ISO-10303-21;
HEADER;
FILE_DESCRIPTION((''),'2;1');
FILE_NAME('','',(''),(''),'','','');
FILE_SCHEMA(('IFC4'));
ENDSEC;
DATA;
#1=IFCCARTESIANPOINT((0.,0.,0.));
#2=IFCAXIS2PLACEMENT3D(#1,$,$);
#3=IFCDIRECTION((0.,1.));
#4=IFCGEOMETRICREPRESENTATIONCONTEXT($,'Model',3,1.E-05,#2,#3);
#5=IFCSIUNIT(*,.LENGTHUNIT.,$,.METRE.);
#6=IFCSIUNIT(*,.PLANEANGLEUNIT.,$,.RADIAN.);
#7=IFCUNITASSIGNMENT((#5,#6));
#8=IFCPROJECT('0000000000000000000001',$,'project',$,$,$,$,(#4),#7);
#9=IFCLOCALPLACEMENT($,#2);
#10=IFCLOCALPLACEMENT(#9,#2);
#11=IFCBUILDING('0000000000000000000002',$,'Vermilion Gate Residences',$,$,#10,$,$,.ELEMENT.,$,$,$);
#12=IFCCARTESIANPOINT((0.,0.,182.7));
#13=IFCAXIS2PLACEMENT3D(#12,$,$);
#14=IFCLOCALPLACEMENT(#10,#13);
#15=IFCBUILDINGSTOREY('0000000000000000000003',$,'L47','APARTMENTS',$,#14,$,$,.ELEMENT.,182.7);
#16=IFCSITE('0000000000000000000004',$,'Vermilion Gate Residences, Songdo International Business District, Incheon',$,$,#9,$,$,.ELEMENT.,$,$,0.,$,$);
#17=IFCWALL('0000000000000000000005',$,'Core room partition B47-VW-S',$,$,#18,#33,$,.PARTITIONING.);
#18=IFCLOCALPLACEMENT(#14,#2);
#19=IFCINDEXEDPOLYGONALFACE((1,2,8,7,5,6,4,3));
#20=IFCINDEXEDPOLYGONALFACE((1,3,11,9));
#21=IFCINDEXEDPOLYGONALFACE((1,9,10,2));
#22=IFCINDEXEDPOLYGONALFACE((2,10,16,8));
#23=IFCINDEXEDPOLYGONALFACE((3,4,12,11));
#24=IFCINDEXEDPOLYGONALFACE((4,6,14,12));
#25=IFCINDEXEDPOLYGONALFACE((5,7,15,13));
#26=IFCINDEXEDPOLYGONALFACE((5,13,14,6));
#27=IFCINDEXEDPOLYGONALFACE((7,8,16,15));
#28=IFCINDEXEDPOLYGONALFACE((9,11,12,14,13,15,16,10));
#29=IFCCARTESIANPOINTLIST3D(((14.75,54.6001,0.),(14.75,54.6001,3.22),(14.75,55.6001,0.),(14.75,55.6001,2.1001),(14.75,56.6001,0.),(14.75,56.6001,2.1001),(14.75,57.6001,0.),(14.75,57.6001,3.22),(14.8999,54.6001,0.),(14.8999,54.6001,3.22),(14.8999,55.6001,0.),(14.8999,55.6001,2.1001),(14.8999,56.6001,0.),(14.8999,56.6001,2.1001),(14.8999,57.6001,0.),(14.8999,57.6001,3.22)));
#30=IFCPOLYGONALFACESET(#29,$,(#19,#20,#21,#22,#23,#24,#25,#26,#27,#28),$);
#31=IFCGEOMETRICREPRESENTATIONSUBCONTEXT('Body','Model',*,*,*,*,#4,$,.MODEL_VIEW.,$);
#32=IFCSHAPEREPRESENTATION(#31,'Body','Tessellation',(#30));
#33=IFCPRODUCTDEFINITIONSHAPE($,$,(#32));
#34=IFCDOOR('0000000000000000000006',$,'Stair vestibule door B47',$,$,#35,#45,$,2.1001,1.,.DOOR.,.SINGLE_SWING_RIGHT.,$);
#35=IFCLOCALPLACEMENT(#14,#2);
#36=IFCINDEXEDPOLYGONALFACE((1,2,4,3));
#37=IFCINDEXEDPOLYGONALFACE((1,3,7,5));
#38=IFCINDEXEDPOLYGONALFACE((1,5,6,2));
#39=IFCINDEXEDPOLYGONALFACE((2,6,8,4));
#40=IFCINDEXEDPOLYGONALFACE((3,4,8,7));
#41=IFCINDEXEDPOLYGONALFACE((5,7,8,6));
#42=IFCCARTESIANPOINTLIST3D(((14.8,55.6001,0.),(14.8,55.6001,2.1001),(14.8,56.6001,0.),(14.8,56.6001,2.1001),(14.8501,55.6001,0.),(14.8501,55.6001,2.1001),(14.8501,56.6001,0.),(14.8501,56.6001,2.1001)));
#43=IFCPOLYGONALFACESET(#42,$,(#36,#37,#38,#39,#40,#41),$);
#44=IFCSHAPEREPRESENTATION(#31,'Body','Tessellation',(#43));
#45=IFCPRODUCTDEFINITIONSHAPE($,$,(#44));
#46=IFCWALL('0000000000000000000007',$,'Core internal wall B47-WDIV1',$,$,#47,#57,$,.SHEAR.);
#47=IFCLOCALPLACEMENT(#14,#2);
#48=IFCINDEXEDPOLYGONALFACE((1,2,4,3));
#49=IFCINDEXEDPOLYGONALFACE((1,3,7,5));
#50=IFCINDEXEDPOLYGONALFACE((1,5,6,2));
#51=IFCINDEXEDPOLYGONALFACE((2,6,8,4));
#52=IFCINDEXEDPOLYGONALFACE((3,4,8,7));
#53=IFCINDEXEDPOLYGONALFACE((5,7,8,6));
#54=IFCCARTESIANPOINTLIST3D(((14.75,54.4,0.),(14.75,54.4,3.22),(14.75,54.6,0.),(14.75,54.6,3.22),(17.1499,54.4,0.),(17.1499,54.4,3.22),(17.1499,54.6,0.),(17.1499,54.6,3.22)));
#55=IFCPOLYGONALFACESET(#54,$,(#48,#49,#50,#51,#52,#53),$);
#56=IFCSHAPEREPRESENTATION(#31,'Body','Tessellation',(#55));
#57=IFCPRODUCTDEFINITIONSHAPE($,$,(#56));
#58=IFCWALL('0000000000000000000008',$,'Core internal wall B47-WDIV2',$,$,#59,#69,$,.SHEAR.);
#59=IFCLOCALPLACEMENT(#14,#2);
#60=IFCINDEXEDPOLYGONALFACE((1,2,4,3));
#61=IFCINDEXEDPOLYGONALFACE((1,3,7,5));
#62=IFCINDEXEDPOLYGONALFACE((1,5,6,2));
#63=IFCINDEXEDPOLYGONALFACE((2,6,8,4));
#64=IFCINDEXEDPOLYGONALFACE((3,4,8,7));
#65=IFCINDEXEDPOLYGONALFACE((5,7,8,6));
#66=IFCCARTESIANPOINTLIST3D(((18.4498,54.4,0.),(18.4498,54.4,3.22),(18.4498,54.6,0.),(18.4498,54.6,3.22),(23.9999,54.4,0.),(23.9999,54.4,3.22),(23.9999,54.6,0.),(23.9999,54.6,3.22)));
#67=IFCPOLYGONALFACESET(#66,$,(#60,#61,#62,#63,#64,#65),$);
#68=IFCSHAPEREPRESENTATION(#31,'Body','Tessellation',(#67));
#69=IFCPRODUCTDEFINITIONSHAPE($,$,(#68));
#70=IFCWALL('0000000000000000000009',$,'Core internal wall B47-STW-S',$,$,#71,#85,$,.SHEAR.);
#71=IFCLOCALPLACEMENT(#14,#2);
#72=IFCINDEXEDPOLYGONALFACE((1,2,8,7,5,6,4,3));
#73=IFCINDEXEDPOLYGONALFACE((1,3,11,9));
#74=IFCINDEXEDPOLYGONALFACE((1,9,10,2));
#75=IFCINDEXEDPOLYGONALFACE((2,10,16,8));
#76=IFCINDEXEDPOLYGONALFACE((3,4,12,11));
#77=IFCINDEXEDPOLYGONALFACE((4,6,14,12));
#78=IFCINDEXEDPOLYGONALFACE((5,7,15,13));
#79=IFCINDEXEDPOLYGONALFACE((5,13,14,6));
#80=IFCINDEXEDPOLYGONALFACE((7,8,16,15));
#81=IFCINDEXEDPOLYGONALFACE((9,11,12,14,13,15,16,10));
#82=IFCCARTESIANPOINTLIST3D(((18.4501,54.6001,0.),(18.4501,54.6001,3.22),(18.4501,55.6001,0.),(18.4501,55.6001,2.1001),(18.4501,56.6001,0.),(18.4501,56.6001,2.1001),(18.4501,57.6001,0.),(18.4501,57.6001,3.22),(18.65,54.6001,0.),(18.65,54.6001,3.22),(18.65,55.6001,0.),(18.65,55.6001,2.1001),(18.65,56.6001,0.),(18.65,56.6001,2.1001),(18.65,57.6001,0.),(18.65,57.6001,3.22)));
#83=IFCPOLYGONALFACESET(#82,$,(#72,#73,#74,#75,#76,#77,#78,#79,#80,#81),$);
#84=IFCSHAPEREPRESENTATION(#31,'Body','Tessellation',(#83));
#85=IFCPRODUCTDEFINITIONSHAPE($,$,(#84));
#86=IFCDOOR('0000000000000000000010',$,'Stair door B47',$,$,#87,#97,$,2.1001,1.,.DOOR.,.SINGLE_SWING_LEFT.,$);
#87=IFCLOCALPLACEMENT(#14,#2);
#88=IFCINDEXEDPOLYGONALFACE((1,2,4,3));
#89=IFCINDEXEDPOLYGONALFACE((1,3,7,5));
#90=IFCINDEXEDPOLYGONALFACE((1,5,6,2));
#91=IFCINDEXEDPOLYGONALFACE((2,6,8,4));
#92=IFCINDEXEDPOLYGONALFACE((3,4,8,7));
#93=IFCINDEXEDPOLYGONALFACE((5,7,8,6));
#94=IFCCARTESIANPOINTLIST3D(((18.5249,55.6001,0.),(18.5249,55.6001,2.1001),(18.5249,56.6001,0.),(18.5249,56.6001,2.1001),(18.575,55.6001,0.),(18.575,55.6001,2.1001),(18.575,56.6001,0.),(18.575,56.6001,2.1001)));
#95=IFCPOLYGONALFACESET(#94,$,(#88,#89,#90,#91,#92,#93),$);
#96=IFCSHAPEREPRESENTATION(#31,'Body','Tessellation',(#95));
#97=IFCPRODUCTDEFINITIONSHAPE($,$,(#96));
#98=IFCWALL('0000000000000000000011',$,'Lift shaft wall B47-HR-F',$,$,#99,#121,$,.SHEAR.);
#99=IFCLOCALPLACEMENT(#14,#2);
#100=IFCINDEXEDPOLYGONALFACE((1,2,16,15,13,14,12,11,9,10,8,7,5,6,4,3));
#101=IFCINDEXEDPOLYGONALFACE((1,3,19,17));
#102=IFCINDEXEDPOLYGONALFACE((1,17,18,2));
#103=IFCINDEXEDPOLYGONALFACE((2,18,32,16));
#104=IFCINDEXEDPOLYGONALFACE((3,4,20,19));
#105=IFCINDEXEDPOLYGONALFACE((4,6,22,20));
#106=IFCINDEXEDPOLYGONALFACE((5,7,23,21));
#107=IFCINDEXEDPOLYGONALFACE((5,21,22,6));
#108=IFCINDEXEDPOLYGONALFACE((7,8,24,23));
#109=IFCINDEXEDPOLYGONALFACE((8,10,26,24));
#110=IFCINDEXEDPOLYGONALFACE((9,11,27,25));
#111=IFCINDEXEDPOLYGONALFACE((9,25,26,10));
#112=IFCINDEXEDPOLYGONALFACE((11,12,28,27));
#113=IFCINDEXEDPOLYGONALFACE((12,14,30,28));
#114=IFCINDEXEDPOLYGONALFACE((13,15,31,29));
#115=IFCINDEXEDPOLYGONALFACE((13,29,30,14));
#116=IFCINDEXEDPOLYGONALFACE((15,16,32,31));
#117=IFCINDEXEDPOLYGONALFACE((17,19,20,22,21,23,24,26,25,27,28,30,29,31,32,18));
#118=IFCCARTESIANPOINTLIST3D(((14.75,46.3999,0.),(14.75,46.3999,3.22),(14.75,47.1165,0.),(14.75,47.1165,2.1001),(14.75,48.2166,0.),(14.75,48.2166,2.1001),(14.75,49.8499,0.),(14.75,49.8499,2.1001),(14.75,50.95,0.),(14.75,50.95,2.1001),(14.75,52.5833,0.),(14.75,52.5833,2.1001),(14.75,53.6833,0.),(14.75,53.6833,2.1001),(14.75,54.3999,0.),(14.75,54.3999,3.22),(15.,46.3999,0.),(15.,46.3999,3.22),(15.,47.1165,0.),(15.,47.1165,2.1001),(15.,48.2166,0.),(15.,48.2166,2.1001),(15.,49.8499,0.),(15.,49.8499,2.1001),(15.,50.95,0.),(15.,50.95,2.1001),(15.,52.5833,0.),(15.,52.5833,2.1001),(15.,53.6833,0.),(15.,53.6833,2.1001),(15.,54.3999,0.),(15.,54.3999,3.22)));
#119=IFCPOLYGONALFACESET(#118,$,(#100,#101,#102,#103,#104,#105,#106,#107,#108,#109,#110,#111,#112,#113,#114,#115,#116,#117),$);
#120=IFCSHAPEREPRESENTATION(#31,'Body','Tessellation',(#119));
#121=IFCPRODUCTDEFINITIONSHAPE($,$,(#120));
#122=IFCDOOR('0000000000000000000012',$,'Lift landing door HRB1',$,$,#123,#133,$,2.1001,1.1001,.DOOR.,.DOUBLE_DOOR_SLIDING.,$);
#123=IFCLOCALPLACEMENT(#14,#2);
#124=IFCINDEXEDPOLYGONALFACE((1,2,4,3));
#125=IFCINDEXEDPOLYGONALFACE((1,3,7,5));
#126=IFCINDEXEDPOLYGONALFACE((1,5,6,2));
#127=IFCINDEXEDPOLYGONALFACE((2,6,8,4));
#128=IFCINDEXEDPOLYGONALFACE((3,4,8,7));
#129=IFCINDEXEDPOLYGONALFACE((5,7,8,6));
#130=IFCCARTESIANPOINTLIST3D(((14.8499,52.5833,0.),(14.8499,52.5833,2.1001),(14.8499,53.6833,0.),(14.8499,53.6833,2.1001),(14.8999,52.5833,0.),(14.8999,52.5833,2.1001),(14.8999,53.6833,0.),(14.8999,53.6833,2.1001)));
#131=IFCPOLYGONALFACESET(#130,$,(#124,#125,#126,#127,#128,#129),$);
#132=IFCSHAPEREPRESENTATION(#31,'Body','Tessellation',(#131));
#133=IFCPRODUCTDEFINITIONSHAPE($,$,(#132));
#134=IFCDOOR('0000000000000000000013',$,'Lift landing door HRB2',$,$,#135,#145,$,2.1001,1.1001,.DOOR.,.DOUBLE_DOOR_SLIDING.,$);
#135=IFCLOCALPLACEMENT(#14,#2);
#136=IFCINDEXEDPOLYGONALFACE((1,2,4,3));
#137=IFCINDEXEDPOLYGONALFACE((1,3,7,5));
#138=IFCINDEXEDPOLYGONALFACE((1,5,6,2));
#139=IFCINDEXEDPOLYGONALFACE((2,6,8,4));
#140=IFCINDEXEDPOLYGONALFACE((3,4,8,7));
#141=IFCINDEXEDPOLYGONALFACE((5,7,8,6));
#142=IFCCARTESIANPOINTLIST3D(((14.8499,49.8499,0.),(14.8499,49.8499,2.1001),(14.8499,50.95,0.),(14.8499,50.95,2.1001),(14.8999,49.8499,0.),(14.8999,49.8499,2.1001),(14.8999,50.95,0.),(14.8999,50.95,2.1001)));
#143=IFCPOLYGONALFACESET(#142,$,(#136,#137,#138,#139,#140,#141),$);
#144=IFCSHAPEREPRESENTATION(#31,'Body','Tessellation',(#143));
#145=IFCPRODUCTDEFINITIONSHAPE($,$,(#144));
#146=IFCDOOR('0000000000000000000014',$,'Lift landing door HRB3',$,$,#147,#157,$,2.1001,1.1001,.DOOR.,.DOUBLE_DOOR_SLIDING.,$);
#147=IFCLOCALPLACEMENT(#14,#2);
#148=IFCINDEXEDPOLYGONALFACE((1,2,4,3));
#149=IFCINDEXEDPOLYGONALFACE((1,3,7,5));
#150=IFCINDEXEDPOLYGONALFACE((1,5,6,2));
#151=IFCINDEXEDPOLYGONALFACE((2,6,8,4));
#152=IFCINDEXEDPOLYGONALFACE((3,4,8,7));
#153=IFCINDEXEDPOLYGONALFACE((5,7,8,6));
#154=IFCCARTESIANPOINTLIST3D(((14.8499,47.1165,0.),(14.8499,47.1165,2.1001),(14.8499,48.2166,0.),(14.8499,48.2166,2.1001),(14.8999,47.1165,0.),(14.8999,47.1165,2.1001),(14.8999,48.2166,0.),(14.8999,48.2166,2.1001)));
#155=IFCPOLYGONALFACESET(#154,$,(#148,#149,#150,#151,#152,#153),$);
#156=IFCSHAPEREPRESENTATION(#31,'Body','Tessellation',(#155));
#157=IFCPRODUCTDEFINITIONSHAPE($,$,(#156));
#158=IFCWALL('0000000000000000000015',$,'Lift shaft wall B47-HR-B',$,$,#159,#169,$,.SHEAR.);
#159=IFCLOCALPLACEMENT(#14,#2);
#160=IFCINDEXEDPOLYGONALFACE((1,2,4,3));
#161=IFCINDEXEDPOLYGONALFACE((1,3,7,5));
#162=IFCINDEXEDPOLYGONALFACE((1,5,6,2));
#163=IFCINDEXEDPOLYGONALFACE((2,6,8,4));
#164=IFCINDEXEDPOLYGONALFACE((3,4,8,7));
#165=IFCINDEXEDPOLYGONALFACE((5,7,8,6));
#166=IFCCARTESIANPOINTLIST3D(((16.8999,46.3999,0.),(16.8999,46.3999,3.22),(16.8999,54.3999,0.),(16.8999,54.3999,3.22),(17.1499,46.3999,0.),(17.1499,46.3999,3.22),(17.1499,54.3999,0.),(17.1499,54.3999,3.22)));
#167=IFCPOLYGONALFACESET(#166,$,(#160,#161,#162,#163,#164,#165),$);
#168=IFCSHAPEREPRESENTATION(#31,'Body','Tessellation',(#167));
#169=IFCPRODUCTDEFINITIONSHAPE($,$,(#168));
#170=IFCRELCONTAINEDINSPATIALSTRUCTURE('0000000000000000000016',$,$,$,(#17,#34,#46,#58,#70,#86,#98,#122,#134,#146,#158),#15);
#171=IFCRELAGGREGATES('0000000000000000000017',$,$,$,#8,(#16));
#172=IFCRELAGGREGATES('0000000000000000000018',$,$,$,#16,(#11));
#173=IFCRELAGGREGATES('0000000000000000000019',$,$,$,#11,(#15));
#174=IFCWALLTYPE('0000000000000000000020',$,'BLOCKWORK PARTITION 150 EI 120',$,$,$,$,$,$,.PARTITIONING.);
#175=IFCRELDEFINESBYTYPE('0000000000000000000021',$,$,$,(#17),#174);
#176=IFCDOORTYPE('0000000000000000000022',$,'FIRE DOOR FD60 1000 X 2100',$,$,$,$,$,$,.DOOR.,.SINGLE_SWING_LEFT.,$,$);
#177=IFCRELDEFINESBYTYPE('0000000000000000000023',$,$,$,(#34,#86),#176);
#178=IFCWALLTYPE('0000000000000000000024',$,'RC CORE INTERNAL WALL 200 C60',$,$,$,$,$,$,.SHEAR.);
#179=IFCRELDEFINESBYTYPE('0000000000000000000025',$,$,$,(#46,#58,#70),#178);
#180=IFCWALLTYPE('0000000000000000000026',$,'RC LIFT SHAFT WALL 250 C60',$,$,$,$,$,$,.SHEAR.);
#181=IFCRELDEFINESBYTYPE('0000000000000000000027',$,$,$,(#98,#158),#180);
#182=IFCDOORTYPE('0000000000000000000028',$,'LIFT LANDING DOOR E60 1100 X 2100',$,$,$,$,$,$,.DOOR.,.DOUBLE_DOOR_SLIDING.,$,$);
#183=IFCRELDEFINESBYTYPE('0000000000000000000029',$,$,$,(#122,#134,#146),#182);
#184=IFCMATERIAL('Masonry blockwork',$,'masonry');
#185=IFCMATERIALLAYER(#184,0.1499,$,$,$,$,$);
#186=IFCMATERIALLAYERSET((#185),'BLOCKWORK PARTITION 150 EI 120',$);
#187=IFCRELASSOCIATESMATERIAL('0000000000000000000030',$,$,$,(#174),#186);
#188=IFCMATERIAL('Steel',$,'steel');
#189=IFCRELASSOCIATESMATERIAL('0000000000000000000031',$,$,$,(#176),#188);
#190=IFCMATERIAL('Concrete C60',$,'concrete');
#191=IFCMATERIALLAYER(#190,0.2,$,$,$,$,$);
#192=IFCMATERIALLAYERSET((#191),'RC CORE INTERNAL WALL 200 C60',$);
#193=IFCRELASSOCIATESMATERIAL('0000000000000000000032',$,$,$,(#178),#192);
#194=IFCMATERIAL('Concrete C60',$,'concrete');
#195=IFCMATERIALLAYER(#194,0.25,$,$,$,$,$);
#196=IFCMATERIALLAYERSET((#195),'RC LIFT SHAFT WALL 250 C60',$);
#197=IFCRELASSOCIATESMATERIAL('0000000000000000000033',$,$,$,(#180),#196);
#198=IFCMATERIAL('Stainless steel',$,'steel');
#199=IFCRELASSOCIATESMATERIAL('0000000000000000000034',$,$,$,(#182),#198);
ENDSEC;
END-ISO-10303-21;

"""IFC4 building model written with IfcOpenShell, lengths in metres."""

from ifc_helpers import new_model, si_unit, direction, frame, frame_2d, origin, place, context, subcontext, project, spatial, rectangle, extrude, material, layer, layer_set, type_object, element, fill, save


model = new_model("IFC4")

# Units and contexts
model_context = context("Model", 3, precision=1e-05, world=origin(), true_north=direction((0.0, 1.0)))
body_context = subcontext(model_context, "Body", "Model", "MODEL_VIEW")
ifc_project = project(units=[si_unit("LENGTHUNIT", "METRE"), si_unit("PLANEANGLEUNIT", "RADIAN")], contexts=[model_context])

# Site, building, storey
site_placement = place(None, origin())
site = spatial("IfcSite", under=ifc_project, at=site_placement, Name="Vermilion Gate Residences, Songdo International Business District, Incheon", CompositionType="ELEMENT", RefElevation=0.0)
building_placement = place(site_placement, origin())
building = spatial("IfcBuilding", under=site, at=building_placement, Name="Vermilion Gate Residences", CompositionType="ELEMENT")
storey_placement = place(building_placement, frame((0.0, 0.0, 182.7)))
storey = spatial("IfcBuildingStorey", under=building, at=storey_placement, Name="L47", Description="APARTMENTS", CompositionType="ELEMENT", Elevation=182.7)

# Wall, opening, door
ifc_material_1 = material(Name="Masonry blockwork", Category="masonry")
ifc_layer_1 = layer(ifc_material_1, 0.1499)
ifc_layer_set_1 = layer_set([ifc_layer_1], Name="BLOCKWORK PARTITION 150 EI 120")
wall_type_1 = type_object("IfcWallType", Name="BLOCKWORK PARTITION 150 EI 120", PredefinedType="PARTITIONING", material=ifc_layer_set_1)
wall_1_placement = place(storey_placement, frame((14.825, 57.6001, 0.0), z_axis=(0.0, 0.0, 1.0), x_axis=(0.0, -1.0, 0.0)))
wall_1 = element("IfcWall", 1, at=wall_1_placement, inside=storey, type_object=wall_type_1, Name="Core room partition B47-VW-S", PredefinedType="PARTITIONING", context=body_context, shape_type="SweptSolid", body=[
    extrude(rectangle(XDim=3.0, YDim=0.1499, at=frame_2d((1.5, 0.0))), origin(), (0.0, 0.0, 1.0), 3.22),
])
opening_1_placement = place(wall_1_placement, frame((1.0, 0.0, 0.0)))
opening_1 = element("IfcOpeningElement", 2, at=opening_1_placement, cuts=wall_1, PredefinedType="OPENING", context=body_context, shape_type="SweptSolid", body=[
    extrude(rectangle(XDim=1.0, YDim=2.1001, at=frame_2d((0.5, 1.05))), frame((0.0, 0.085, 0.0), z_axis=(0.0, -1.0, 0.0), x_axis=(1.0, 0.0, 0.0)), (0.0, 0.0, 1.0), 0.1699),
])
ifc_material_2 = material(Name="Steel", Category="steel")
door_type_1 = type_object("IfcDoorType", Name="FIRE DOOR FD60 1000 X 2100", OperationType="SINGLE_SWING_LEFT", PredefinedType="DOOR", material=ifc_material_2)
door_1_placement = place(opening_1_placement, frame((1.0, 0.0, 0.0), z_axis=(0.0, 0.0, 1.0), x_axis=(-1.0, 0.0, 0.0)))
door_1 = element("IfcDoor", 3, at=door_1_placement, inside=storey, type_object=door_type_1, Name="Stair vestibule door B47", OperationType="SINGLE_SWING_RIGHT", OverallHeight=2.1001, OverallWidth=1.0, PredefinedType="DOOR", context=body_context, shape_type="SweptSolid", body=[
    extrude(rectangle(XDim=1.0, YDim=2.1001, at=frame_2d((0.5, 1.05))), frame((0.0, 0.0249, 0.0), z_axis=(0.0, -1.0, 0.0), x_axis=(1.0, 0.0, 0.0)), (0.0, 0.0, 1.0), 0.05),
])
fill(opening_1, door_1)

# Walls
ifc_material_3 = material(Name="Concrete C60", Category="concrete")
ifc_layer_2 = layer(ifc_material_3, 0.2)
ifc_layer_set_2 = layer_set([ifc_layer_2], Name="RC CORE INTERNAL WALL 200 C60")
wall_type_2 = type_object("IfcWallType", Name="RC CORE INTERNAL WALL 200 C60", PredefinedType="SHEAR", material=ifc_layer_set_2)
wall_2_placement = place(storey_placement, frame((14.75, 54.5, 0.0), z_axis=(0.0, 0.0, 1.0), x_axis=(1.0, 0.0, 0.0)))
element("IfcWall", 4, at=wall_2_placement, inside=storey, type_object=wall_type_2, Name="Core internal wall B47-WDIV1", PredefinedType="SHEAR", context=body_context, shape_type="SweptSolid", body=[
    extrude(rectangle(XDim=2.3999, YDim=0.2, at=frame_2d((1.2, 0.0))), origin(), (0.0, 0.0, 1.0), 3.22),
])
wall_3_placement = place(storey_placement, frame((18.45, 54.5, 0.0), z_axis=(0.0, 0.0, 1.0), x_axis=(1.0, 0.0, 0.0)))
element("IfcWall", 5, at=wall_3_placement, inside=storey, type_object=wall_type_2, Name="Core internal wall B47-WDIV2", PredefinedType="SHEAR", context=body_context, shape_type="SweptSolid", body=[
    extrude(rectangle(XDim=5.55, YDim=0.2, at=frame_2d((2.7749, 0.0))), origin(), (0.0, 0.0, 1.0), 3.22),
])

# Wall, opening, door
wall_4_placement = place(storey_placement, frame((18.55, 57.6001, 0.0), z_axis=(0.0, 0.0, 1.0), x_axis=(0.0, -1.0, 0.0)))
wall_4 = element("IfcWall", 6, at=wall_4_placement, inside=storey, type_object=wall_type_2, Name="Core internal wall B47-STW-S", PredefinedType="SHEAR", context=body_context, shape_type="SweptSolid", body=[
    extrude(rectangle(XDim=3.0, YDim=0.2, at=frame_2d((1.5, 0.0))), origin(), (0.0, 0.0, 1.0), 3.22),
])
opening_2_placement = place(wall_4_placement, frame((1.0, 0.0, 0.0)))
opening_2 = element("IfcOpeningElement", 7, at=opening_2_placement, cuts=wall_4, PredefinedType="OPENING", context=body_context, shape_type="SweptSolid", body=[
    extrude(rectangle(XDim=1.0, YDim=2.1001, at=frame_2d((0.5, 1.05))), frame((0.0, 0.1099, 0.0), z_axis=(0.0, -1.0, 0.0), x_axis=(1.0, 0.0, 0.0)), (0.0, 0.0, 1.0), 0.22),
])
door_2_placement = place(opening_2_placement, origin())
door_2 = element("IfcDoor", 8, at=door_2_placement, inside=storey, type_object=door_type_1, Name="Stair door B47", OperationType="SINGLE_SWING_LEFT", OverallHeight=2.1001, OverallWidth=1.0, PredefinedType="DOOR", context=body_context, shape_type="SweptSolid", body=[
    extrude(rectangle(XDim=1.0, YDim=2.1001, at=frame_2d((0.5, 1.05))), frame((0.0, 0.0249, 0.0), z_axis=(0.0, -1.0, 0.0), x_axis=(1.0, 0.0, 0.0)), (0.0, 0.0, 1.0), 0.05),
])
fill(opening_2, door_2)

# Wall, openings, doors
ifc_material_4 = material(Name="Concrete C60", Category="concrete")
ifc_layer_3 = layer(ifc_material_4, 0.25)
ifc_layer_set_3 = layer_set([ifc_layer_3], Name="RC LIFT SHAFT WALL 250 C60")
wall_type_3 = type_object("IfcWallType", Name="RC LIFT SHAFT WALL 250 C60", PredefinedType="SHEAR", material=ifc_layer_set_3)
wall_5_placement = place(storey_placement, frame((14.875, 54.3999, 0.0), z_axis=(0.0, 0.0, 1.0), x_axis=(0.0, -1.0, 0.0)))
wall_5 = element("IfcWall", 9, at=wall_5_placement, inside=storey, type_object=wall_type_3, Name="Lift shaft wall B47-HR-F", PredefinedType="SHEAR", context=body_context, shape_type="SweptSolid", body=[
    extrude(rectangle(XDim=8.0, YDim=0.25, at=frame_2d((4.0, 0.0))), origin(), (0.0, 0.0, 1.0), 3.22),
])
opening_3_placement = place(wall_5_placement, frame((0.7166, 0.0, 0.0)))
opening_3 = element("IfcOpeningElement", 10, at=opening_3_placement, cuts=wall_5, PredefinedType="OPENING", context=body_context, shape_type="SweptSolid", body=[
    extrude(rectangle(XDim=1.1001, YDim=2.1001, at=frame_2d((0.55, 1.05))), frame((0.0, 0.135, 0.0), z_axis=(0.0, -1.0, 0.0), x_axis=(1.0, 0.0, 0.0)), (0.0, 0.0, 1.0), 0.27),
])
opening_4_placement = place(wall_5_placement, frame((3.45, 0.0, 0.0)))
opening_4 = element("IfcOpeningElement", 11, at=opening_4_placement, cuts=wall_5, PredefinedType="OPENING", context=body_context, shape_type="SweptSolid", body=[
    extrude(rectangle(XDim=1.1001, YDim=2.1001, at=frame_2d((0.55, 1.05))), frame((0.0, 0.135, 0.0), z_axis=(0.0, -1.0, 0.0), x_axis=(1.0, 0.0, 0.0)), (0.0, 0.0, 1.0), 0.27),
])
opening_5_placement = place(wall_5_placement, frame((6.1833, 0.0, 0.0)))
opening_5 = element("IfcOpeningElement", 12, at=opening_5_placement, cuts=wall_5, PredefinedType="OPENING", context=body_context, shape_type="SweptSolid", body=[
    extrude(rectangle(XDim=1.1001, YDim=2.1001, at=frame_2d((0.55, 1.05))), frame((0.0, 0.135, 0.0), z_axis=(0.0, -1.0, 0.0), x_axis=(1.0, 0.0, 0.0)), (0.0, 0.0, 1.0), 0.27),
])
ifc_material_5 = material(Name="Stainless steel", Category="steel")
door_type_2 = type_object("IfcDoorType", Name="LIFT LANDING DOOR E60 1100 X 2100", OperationType="DOUBLE_DOOR_SLIDING", PredefinedType="DOOR", material=ifc_material_5)
door_3_placement = place(opening_3_placement, origin())
door_3 = element("IfcDoor", 13, at=door_3_placement, inside=storey, type_object=door_type_2, Name="Lift landing door HRB1", OperationType="DOUBLE_DOOR_SLIDING", OverallHeight=2.1001, OverallWidth=1.1001, PredefinedType="DOOR", context=body_context, shape_type="SweptSolid", body=[
    extrude(rectangle(XDim=1.1001, YDim=2.1001, at=frame_2d((0.55, 1.05))), frame((0.0, 0.0249, 0.0), z_axis=(0.0, -1.0, 0.0), x_axis=(1.0, 0.0, 0.0)), (0.0, 0.0, 1.0), 0.05),
])
fill(opening_3, door_3)
door_4_placement = place(opening_4_placement, origin())
door_4 = element("IfcDoor", 14, at=door_4_placement, inside=storey, type_object=door_type_2, Name="Lift landing door HRB2", OperationType="DOUBLE_DOOR_SLIDING", OverallHeight=2.1001, OverallWidth=1.1001, PredefinedType="DOOR", context=body_context, shape_type="SweptSolid", body=[
    extrude(rectangle(XDim=1.1001, YDim=2.1001, at=frame_2d((0.55, 1.05))), frame((0.0, 0.0249, 0.0), z_axis=(0.0, -1.0, 0.0), x_axis=(1.0, 0.0, 0.0)), (0.0, 0.0, 1.0), 0.05),
])
fill(opening_4, door_4)
door_5_placement = place(opening_5_placement, origin())
door_5 = element("IfcDoor", 15, at=door_5_placement, inside=storey, type_object=door_type_2, Name="Lift landing door HRB3", OperationType="DOUBLE_DOOR_SLIDING", OverallHeight=2.1001, OverallWidth=1.1001, PredefinedType="DOOR", context=body_context, shape_type="SweptSolid", body=[
    extrude(rectangle(XDim=1.1001, YDim=2.1001, at=frame_2d((0.55, 1.05))), frame((0.0, 0.0249, 0.0), z_axis=(0.0, -1.0, 0.0), x_axis=(1.0, 0.0, 0.0)), (0.0, 0.0, 1.0), 0.05),
])
fill(opening_5, door_5)

# Wall
wall_6_placement = place(storey_placement, frame((17.0249, 54.3999, 0.0), z_axis=(0.0, 0.0, 1.0), x_axis=(0.0, -1.0, 0.0)))
element("IfcWall", 16, at=wall_6_placement, inside=storey, type_object=wall_type_3, Name="Lift shaft wall B47-HR-B", PredefinedType="SHEAR", context=body_context, shape_type="SweptSolid", body=[
    extrude(rectangle(XDim=8.0, YDim=0.25, at=frame_2d((4.0, 0.0))), origin(), (0.0, 0.0, 1.0), 3.22),
])

save(model, "model.ifc")
